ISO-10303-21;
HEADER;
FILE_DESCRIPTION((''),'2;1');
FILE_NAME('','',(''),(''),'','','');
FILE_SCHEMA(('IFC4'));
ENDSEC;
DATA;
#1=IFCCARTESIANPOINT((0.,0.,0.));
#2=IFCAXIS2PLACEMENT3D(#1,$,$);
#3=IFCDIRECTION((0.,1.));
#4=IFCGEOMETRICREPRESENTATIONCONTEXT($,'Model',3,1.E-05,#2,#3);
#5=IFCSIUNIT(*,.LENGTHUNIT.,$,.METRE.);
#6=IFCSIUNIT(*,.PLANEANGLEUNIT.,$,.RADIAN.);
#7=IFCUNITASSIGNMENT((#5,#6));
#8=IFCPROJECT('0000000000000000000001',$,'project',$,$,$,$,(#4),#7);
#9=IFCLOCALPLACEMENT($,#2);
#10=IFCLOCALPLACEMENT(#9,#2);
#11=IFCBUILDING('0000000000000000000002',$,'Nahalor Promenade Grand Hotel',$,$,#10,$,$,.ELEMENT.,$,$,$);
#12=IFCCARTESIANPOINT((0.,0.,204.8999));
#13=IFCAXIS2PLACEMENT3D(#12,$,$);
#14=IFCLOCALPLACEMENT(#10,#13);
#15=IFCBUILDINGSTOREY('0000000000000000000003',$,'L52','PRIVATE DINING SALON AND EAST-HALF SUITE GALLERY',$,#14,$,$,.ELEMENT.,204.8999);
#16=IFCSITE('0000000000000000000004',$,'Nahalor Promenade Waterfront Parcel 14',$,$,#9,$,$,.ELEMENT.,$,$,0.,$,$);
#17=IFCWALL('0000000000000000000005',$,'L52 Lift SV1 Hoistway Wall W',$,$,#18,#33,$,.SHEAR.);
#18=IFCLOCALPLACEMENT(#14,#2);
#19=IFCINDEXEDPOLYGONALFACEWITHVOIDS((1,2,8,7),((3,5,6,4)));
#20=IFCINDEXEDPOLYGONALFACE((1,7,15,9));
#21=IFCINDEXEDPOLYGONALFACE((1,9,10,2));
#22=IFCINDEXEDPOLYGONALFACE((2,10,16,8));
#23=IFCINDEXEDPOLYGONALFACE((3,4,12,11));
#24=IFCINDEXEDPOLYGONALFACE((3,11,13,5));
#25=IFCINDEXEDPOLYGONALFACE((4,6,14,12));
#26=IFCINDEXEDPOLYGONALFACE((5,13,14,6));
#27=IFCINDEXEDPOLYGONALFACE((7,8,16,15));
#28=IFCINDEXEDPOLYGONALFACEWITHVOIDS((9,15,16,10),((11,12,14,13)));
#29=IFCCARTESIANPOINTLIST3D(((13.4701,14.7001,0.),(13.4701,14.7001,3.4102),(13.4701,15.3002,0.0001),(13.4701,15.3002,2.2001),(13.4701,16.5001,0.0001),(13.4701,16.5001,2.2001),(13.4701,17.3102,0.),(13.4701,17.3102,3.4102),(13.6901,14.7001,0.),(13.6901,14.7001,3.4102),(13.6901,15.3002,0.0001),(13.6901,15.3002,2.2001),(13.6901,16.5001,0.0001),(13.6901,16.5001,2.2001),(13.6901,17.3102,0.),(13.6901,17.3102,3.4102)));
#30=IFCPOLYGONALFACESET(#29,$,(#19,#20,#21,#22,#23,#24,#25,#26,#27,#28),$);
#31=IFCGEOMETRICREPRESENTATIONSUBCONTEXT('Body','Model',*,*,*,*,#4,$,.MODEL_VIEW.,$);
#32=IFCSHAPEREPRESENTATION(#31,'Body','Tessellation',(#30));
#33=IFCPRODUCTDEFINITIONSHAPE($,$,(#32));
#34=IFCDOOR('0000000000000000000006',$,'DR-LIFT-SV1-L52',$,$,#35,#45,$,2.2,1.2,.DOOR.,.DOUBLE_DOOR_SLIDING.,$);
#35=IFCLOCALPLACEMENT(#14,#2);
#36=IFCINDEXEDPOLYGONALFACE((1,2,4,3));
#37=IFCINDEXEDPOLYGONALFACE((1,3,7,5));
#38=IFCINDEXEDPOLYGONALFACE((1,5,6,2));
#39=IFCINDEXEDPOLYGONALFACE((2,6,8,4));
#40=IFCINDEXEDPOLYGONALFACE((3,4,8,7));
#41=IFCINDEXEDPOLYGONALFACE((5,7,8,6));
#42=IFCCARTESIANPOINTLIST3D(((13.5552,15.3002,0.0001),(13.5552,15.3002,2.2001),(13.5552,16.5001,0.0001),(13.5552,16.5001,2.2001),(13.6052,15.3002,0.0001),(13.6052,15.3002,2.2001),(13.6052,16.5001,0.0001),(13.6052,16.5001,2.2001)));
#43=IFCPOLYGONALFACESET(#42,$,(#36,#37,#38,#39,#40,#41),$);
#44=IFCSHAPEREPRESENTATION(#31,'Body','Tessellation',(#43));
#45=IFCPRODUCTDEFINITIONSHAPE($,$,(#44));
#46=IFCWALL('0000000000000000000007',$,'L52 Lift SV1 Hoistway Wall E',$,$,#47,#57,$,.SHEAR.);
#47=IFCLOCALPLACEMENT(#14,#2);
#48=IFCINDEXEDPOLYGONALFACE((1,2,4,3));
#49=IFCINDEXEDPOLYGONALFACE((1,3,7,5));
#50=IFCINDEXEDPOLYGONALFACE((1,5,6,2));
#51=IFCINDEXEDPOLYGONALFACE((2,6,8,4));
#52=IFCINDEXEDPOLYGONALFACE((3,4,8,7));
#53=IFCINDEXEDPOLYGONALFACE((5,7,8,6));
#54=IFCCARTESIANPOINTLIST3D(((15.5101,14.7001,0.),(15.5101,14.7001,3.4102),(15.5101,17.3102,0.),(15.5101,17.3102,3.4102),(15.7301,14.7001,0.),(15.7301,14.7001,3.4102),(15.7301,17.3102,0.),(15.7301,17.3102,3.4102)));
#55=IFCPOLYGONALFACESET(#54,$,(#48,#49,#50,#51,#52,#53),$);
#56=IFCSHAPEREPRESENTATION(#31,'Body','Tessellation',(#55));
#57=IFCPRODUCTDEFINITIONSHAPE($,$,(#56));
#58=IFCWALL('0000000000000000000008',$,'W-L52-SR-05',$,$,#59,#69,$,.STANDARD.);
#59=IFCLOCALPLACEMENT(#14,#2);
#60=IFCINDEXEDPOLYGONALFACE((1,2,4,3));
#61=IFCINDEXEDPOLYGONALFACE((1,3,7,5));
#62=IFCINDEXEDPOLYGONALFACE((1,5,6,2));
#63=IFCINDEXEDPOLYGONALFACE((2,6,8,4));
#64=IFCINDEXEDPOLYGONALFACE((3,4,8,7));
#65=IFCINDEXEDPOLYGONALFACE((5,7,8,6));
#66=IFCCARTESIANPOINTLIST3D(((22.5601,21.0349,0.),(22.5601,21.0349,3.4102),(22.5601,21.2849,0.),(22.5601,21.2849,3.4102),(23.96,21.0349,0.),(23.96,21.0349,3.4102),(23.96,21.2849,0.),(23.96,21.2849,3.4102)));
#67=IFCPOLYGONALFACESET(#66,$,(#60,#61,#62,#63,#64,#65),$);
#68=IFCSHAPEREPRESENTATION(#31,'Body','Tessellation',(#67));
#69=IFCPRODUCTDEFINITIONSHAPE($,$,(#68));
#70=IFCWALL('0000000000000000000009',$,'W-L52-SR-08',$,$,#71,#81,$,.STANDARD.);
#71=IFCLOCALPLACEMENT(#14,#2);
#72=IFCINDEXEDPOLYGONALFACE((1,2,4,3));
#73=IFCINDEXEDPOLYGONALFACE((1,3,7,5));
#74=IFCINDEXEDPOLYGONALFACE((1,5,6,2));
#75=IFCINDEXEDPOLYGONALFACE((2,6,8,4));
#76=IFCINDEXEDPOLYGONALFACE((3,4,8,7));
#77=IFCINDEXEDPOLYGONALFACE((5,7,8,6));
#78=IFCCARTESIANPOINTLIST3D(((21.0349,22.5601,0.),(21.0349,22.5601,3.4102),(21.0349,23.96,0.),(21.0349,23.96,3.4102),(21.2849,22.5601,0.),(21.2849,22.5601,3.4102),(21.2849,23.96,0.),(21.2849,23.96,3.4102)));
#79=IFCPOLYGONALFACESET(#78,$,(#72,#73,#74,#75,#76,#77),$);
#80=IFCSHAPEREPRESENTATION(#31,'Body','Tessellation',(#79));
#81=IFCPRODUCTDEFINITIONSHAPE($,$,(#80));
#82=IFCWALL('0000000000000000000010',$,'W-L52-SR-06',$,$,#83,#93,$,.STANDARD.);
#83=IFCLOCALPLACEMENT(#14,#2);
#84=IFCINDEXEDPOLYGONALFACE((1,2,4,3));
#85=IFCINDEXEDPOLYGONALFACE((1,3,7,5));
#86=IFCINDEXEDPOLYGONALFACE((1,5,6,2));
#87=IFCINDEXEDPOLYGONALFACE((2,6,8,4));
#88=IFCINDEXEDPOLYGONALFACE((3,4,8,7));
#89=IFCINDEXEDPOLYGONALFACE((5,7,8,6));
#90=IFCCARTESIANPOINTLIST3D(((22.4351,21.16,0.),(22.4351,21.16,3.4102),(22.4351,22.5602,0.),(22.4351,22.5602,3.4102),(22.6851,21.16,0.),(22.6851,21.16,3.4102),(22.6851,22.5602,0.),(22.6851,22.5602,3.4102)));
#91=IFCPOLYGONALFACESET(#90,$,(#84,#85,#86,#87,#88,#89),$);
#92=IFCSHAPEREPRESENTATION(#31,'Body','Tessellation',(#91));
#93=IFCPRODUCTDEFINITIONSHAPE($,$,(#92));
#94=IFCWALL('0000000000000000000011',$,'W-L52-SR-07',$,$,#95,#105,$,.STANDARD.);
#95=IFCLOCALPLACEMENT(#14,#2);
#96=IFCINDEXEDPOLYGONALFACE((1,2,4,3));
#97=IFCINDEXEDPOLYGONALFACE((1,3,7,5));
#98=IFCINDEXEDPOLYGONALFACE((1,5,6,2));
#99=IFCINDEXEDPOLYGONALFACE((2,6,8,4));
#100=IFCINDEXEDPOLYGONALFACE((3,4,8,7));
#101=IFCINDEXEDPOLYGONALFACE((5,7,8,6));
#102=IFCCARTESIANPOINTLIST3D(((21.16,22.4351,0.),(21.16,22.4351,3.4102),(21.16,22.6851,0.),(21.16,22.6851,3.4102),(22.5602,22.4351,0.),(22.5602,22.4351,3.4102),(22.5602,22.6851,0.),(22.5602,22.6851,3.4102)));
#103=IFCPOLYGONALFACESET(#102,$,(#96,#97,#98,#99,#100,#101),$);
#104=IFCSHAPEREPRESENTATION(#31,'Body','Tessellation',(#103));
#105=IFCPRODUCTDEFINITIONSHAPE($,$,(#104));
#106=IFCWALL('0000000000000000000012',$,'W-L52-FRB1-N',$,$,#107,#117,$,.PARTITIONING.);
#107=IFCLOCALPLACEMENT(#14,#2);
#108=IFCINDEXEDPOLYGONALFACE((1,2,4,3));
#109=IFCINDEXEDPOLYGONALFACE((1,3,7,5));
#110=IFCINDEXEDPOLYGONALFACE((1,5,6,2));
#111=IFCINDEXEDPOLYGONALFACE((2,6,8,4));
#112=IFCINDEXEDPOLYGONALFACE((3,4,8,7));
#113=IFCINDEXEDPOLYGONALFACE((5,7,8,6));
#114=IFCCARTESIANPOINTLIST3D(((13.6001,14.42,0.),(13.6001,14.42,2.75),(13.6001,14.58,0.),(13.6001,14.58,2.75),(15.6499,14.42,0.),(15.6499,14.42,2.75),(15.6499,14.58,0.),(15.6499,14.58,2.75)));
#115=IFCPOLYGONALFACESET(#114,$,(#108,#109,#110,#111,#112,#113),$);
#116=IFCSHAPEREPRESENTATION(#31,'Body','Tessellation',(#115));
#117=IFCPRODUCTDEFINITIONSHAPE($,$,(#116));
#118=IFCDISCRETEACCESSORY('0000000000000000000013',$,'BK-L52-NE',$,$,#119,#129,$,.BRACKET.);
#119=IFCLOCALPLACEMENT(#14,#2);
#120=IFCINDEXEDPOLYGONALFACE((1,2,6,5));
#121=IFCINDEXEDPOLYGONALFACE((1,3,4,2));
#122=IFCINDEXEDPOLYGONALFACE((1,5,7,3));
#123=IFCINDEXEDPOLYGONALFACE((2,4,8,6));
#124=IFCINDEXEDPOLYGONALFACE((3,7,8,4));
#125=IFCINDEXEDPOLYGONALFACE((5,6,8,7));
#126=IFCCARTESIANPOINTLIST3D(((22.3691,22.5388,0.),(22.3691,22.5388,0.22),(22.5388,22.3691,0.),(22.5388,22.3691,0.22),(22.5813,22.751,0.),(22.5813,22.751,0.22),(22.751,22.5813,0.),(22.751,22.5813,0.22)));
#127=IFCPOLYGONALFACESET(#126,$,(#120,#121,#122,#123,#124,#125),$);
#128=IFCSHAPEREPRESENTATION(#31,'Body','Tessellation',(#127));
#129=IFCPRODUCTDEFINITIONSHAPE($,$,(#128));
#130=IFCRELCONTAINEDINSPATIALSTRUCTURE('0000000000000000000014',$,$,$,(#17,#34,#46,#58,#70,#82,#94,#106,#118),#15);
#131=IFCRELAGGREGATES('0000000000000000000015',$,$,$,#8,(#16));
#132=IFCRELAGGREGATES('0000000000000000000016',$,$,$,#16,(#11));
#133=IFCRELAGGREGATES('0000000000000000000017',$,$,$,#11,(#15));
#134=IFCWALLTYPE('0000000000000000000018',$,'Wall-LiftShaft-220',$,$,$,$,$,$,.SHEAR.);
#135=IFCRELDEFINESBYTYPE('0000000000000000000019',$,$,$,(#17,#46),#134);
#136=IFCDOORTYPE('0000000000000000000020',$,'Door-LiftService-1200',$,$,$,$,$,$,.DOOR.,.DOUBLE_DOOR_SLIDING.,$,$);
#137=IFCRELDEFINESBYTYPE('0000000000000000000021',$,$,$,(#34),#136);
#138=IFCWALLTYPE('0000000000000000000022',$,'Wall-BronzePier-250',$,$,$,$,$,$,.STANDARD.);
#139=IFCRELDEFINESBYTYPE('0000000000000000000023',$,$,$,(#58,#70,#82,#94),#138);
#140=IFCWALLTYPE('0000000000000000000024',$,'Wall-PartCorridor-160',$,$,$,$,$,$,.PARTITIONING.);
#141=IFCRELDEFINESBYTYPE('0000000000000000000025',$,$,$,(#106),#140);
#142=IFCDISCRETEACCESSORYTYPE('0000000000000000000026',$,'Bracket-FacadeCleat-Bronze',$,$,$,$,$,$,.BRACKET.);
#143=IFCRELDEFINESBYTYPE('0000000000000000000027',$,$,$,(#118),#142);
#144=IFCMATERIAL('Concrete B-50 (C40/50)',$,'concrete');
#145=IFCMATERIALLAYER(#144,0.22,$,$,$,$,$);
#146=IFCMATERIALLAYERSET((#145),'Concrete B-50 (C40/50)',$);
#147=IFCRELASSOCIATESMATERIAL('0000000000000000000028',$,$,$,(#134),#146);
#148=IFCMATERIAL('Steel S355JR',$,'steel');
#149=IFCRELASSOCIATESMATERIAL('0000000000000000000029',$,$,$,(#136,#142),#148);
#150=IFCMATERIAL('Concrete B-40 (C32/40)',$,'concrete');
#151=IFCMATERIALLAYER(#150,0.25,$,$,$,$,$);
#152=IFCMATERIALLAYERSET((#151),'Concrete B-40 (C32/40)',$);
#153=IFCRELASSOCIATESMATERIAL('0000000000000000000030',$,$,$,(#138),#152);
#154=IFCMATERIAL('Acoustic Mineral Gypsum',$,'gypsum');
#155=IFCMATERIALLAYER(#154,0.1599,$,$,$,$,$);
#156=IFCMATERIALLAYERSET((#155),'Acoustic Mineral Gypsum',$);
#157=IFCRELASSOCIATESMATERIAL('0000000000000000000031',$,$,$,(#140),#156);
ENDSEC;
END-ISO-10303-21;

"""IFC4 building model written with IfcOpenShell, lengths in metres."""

from ifc_helpers import new_model, si_unit, direction, frame, frame_2d, origin, origin_2d, place, context, subcontext, project, spatial, rectangle, extrude, source, transform, mapped, material, layer, layer_set, type_object, element, fill, save


model = new_model("IFC4")

# Units and contexts
model_context = context("Model", 3, precision=1e-05, world=origin(), true_north=direction((0.0, 1.0)))
body_context = subcontext(model_context, "Body", "Model", "MODEL_VIEW")
ifc_project = project(units=[si_unit("LENGTHUNIT", "METRE"), si_unit("PLANEANGLEUNIT", "RADIAN")], contexts=[model_context])

# Site, building, storey
site_placement = place(None, origin())
site = spatial("IfcSite", under=ifc_project, at=site_placement, Name="Nahalor Promenade Waterfront Parcel 14", CompositionType="ELEMENT", RefElevation=0.0)
building_placement = place(site_placement, origin())
building = spatial("IfcBuilding", under=site, at=building_placement, Name="Nahalor Promenade Grand Hotel", CompositionType="ELEMENT")
storey_placement = place(building_placement, frame((0.0, 0.0, 204.8999)))
storey = spatial("IfcBuildingStorey", under=building, at=storey_placement, Name="L52", Description="PRIVATE DINING SALON AND EAST-HALF SUITE GALLERY", CompositionType="ELEMENT", Elevation=204.8999)

# Shared definitions
ifc_material_1 = material(Name="Steel S355JR", Category="steel")

# Shared definitions
ifc_material_2 = material(Name="Concrete B-50 (C40/50)", Category="concrete")
ifc_layer_1 = layer(ifc_material_2, 0.22)
ifc_layer_set_1 = layer_set([ifc_layer_1], Name="Concrete B-50 (C40/50)")
wall_type_1 = type_object("IfcWallType", Name="Wall-LiftShaft-220", PredefinedType="SHEAR", material=ifc_layer_set_1)

# Wall, opening, door
shared_shape_1 = source(origin(), body_context, "Body", "SweptSolid", [
    extrude(rectangle(XDim=2.6101, YDim=0.22, at=frame_2d((1.3052, 0.0))), origin(), (0.0, 0.0, 1.0), 3.4102),
])
wall_1_placement = place(storey_placement, frame((13.5801, 14.7, 0.0), z_axis=(0.0, 0.0, 1.0), x_axis=(0.0, 1.0, 0.0)))
wall_1 = element("IfcWall", 1, at=wall_1_placement, inside=storey, type_object=wall_type_1, Name="L52 Lift SV1 Hoistway Wall W", PredefinedType="SHEAR", context=body_context, shape_type="MappedRepresentation", body=[
    mapped(shared_shape_1, transform((0.0, 0.0, 0.0), scale=1.0)),
])
opening_placement = place(wall_1_placement, frame((0.6001, 0.0, 0.0)))
opening = element("IfcOpeningElement", 2, at=opening_placement, cuts=wall_1, PredefinedType="OPENING", context=body_context, shape_type="SweptSolid", body=[
    extrude(rectangle(XDim=1.2, YDim=2.2, at=frame_2d((0.6001, 1.1001))), frame((0.0, 0.1199, 0.0), z_axis=(0.0, -1.0, 0.0), x_axis=(1.0, 0.0, 0.0)), (0.0, 0.0, 1.0), 0.24),
])
door_type = type_object("IfcDoorType", Name="Door-LiftService-1200", OperationType="DOUBLE_DOOR_SLIDING", PredefinedType="DOOR", material=ifc_material_1)
shared_shape_2 = source(origin(), body_context, "Body", "SweptSolid", [
    extrude(rectangle(XDim=1.2, YDim=2.2, at=frame_2d((0.6001, 1.1001))), frame((0.0, 0.0249, 0.0), z_axis=(0.0, -1.0, 0.0), x_axis=(1.0, 0.0, 0.0)), (0.0, 0.0, 1.0), 0.05),
])
door_placement = place(opening_placement, origin())
door = element("IfcDoor", 3, at=door_placement, inside=storey, type_object=door_type, Name="DR-LIFT-SV1-L52", OperationType="DOUBLE_DOOR_SLIDING", OverallHeight=2.2, OverallWidth=1.2, PredefinedType="DOOR", context=body_context, shape_type="MappedRepresentation", body=[
    mapped(shared_shape_2, transform((0.0, 0.0, 0.0), scale=1.0)),
])
fill(opening, door)

# Walls
wall_2_placement = place(storey_placement, frame((15.6201, 14.7, 0.0), z_axis=(0.0, 0.0, 1.0), x_axis=(0.0, 1.0, 0.0)))
element("IfcWall", 4, at=wall_2_placement, inside=storey, type_object=wall_type_1, Name="L52 Lift SV1 Hoistway Wall E", PredefinedType="SHEAR", context=body_context, shape_type="MappedRepresentation", body=[
    mapped(shared_shape_1, transform((0.0, 0.0, 0.0), scale=1.0)),
])
ifc_material_3 = material(Name="Concrete B-40 (C32/40)", Category="concrete")
ifc_layer_2 = layer(ifc_material_3, 0.25)
ifc_layer_set_2 = layer_set([ifc_layer_2], Name="Concrete B-40 (C32/40)")
wall_type_2 = type_object("IfcWallType", Name="Wall-BronzePier-250", PredefinedType="STANDARD", material=ifc_layer_set_2)
shared_shape_3 = source(origin(), body_context, "Body", "SweptSolid", [
    extrude(rectangle(XDim=1.3999, YDim=0.25, at=frame_2d((0.7, 0.0))), origin(), (0.0, 0.0, 1.0), 3.4102),
])
for number, where, z_axis, x_axis, name in (
    (5, (22.5601, 21.1599, 0.0), (0.0, 0.0, 1.0), (1.0, 0.0, 0.0), "W-L52-SR-05"),
    (6, (21.1599, 22.5601, 0.0), (0.0, 0.0, 1.0), (0.0, 1.0, 0.0), "W-L52-SR-08"),
):
    element("IfcWall", number, at=place(storey_placement, frame(where, z_axis=z_axis, x_axis=x_axis)), inside=storey, type_object=wall_type_2, Name=name, PredefinedType="STANDARD", context=body_context, shape_type="MappedRepresentation", body=[
        mapped(shared_shape_3, transform((0.0, 0.0, 0.0), scale=1.0)),
    ])
shared_shape_4 = source(origin(), body_context, "Body", "SweptSolid", [
    extrude(rectangle(XDim=1.4001, YDim=0.25, at=frame_2d((0.7002, 0.0))), origin(), (0.0, 0.0, 1.0), 3.4102),
])
for number, where, z_axis, x_axis, name in (
    (7, (22.5601, 21.1599, 0.0), (0.0, 0.0, 1.0), (0.0, 1.0, 0.0), "W-L52-SR-06"),
    (8, (21.1599, 22.5601, 0.0), (0.0, 0.0, 1.0), (1.0, 0.0, 0.0), "W-L52-SR-07"),
):
    element("IfcWall", number, at=place(storey_placement, frame(where, z_axis=z_axis, x_axis=x_axis)), inside=storey, type_object=wall_type_2, Name=name, PredefinedType="STANDARD", context=body_context, shape_type="MappedRepresentation", body=[
        mapped(shared_shape_4, transform((0.0, 0.0, 0.0), scale=1.0)),
    ])
ifc_material_4 = material(Name="Acoustic Mineral Gypsum", Category="gypsum")
ifc_layer_3 = layer(ifc_material_4, 0.1599)
ifc_layer_set_3 = layer_set([ifc_layer_3], Name="Acoustic Mineral Gypsum")
wall_type_3 = type_object("IfcWallType", Name="Wall-PartCorridor-160", PredefinedType="PARTITIONING", material=ifc_layer_set_3)
shared_shape_5 = source(origin(), body_context, "Body", "SweptSolid", [
    extrude(rectangle(XDim=2.0498, YDim=0.1599, at=frame_2d((1.0249, 0.0))), origin(), (0.0, 0.0, 1.0), 2.75),
])
wall_3_placement = place(storey_placement, frame((13.6001, 14.5, 0.0), z_axis=(0.0, 0.0, 1.0), x_axis=(1.0, 0.0, 0.0)))
element("IfcWall", 9, at=wall_3_placement, inside=storey, type_object=wall_type_3, Name="W-L52-FRB1-N", PredefinedType="PARTITIONING", context=body_context, shape_type="MappedRepresentation", body=[
    mapped(shared_shape_5, transform((0.0, 0.0, 0.0), scale=1.0)),
])

# Discrete accessory
discrete_accessory_type = type_object("IfcDiscreteAccessoryType", Name="Bracket-FacadeCleat-Bronze", PredefinedType="BRACKET", material=ifc_material_1)
shared_shape_6 = source(origin(), body_context, "Body", "SweptSolid", [
    extrude(rectangle(XDim=0.3, YDim=0.24, at=origin_2d()), origin(), (0.0, 0.0, 1.0), 0.22),
])
discrete_accessory_placement = place(storey_placement, frame((22.5601, 22.5601, 0.0), z_axis=(0.0, 0.0, 1.0), x_axis=(0.707107, 0.707107, 0.0)))
element("IfcDiscreteAccessory", 10, at=discrete_accessory_placement, inside=storey, type_object=discrete_accessory_type, Name="BK-L52-NE", PredefinedType="BRACKET", context=body_context, shape_type="MappedRepresentation", body=[
    mapped(shared_shape_6, transform((0.0, 0.0, 0.0), scale=1.0)),
])

save(model, "model.ifc")
